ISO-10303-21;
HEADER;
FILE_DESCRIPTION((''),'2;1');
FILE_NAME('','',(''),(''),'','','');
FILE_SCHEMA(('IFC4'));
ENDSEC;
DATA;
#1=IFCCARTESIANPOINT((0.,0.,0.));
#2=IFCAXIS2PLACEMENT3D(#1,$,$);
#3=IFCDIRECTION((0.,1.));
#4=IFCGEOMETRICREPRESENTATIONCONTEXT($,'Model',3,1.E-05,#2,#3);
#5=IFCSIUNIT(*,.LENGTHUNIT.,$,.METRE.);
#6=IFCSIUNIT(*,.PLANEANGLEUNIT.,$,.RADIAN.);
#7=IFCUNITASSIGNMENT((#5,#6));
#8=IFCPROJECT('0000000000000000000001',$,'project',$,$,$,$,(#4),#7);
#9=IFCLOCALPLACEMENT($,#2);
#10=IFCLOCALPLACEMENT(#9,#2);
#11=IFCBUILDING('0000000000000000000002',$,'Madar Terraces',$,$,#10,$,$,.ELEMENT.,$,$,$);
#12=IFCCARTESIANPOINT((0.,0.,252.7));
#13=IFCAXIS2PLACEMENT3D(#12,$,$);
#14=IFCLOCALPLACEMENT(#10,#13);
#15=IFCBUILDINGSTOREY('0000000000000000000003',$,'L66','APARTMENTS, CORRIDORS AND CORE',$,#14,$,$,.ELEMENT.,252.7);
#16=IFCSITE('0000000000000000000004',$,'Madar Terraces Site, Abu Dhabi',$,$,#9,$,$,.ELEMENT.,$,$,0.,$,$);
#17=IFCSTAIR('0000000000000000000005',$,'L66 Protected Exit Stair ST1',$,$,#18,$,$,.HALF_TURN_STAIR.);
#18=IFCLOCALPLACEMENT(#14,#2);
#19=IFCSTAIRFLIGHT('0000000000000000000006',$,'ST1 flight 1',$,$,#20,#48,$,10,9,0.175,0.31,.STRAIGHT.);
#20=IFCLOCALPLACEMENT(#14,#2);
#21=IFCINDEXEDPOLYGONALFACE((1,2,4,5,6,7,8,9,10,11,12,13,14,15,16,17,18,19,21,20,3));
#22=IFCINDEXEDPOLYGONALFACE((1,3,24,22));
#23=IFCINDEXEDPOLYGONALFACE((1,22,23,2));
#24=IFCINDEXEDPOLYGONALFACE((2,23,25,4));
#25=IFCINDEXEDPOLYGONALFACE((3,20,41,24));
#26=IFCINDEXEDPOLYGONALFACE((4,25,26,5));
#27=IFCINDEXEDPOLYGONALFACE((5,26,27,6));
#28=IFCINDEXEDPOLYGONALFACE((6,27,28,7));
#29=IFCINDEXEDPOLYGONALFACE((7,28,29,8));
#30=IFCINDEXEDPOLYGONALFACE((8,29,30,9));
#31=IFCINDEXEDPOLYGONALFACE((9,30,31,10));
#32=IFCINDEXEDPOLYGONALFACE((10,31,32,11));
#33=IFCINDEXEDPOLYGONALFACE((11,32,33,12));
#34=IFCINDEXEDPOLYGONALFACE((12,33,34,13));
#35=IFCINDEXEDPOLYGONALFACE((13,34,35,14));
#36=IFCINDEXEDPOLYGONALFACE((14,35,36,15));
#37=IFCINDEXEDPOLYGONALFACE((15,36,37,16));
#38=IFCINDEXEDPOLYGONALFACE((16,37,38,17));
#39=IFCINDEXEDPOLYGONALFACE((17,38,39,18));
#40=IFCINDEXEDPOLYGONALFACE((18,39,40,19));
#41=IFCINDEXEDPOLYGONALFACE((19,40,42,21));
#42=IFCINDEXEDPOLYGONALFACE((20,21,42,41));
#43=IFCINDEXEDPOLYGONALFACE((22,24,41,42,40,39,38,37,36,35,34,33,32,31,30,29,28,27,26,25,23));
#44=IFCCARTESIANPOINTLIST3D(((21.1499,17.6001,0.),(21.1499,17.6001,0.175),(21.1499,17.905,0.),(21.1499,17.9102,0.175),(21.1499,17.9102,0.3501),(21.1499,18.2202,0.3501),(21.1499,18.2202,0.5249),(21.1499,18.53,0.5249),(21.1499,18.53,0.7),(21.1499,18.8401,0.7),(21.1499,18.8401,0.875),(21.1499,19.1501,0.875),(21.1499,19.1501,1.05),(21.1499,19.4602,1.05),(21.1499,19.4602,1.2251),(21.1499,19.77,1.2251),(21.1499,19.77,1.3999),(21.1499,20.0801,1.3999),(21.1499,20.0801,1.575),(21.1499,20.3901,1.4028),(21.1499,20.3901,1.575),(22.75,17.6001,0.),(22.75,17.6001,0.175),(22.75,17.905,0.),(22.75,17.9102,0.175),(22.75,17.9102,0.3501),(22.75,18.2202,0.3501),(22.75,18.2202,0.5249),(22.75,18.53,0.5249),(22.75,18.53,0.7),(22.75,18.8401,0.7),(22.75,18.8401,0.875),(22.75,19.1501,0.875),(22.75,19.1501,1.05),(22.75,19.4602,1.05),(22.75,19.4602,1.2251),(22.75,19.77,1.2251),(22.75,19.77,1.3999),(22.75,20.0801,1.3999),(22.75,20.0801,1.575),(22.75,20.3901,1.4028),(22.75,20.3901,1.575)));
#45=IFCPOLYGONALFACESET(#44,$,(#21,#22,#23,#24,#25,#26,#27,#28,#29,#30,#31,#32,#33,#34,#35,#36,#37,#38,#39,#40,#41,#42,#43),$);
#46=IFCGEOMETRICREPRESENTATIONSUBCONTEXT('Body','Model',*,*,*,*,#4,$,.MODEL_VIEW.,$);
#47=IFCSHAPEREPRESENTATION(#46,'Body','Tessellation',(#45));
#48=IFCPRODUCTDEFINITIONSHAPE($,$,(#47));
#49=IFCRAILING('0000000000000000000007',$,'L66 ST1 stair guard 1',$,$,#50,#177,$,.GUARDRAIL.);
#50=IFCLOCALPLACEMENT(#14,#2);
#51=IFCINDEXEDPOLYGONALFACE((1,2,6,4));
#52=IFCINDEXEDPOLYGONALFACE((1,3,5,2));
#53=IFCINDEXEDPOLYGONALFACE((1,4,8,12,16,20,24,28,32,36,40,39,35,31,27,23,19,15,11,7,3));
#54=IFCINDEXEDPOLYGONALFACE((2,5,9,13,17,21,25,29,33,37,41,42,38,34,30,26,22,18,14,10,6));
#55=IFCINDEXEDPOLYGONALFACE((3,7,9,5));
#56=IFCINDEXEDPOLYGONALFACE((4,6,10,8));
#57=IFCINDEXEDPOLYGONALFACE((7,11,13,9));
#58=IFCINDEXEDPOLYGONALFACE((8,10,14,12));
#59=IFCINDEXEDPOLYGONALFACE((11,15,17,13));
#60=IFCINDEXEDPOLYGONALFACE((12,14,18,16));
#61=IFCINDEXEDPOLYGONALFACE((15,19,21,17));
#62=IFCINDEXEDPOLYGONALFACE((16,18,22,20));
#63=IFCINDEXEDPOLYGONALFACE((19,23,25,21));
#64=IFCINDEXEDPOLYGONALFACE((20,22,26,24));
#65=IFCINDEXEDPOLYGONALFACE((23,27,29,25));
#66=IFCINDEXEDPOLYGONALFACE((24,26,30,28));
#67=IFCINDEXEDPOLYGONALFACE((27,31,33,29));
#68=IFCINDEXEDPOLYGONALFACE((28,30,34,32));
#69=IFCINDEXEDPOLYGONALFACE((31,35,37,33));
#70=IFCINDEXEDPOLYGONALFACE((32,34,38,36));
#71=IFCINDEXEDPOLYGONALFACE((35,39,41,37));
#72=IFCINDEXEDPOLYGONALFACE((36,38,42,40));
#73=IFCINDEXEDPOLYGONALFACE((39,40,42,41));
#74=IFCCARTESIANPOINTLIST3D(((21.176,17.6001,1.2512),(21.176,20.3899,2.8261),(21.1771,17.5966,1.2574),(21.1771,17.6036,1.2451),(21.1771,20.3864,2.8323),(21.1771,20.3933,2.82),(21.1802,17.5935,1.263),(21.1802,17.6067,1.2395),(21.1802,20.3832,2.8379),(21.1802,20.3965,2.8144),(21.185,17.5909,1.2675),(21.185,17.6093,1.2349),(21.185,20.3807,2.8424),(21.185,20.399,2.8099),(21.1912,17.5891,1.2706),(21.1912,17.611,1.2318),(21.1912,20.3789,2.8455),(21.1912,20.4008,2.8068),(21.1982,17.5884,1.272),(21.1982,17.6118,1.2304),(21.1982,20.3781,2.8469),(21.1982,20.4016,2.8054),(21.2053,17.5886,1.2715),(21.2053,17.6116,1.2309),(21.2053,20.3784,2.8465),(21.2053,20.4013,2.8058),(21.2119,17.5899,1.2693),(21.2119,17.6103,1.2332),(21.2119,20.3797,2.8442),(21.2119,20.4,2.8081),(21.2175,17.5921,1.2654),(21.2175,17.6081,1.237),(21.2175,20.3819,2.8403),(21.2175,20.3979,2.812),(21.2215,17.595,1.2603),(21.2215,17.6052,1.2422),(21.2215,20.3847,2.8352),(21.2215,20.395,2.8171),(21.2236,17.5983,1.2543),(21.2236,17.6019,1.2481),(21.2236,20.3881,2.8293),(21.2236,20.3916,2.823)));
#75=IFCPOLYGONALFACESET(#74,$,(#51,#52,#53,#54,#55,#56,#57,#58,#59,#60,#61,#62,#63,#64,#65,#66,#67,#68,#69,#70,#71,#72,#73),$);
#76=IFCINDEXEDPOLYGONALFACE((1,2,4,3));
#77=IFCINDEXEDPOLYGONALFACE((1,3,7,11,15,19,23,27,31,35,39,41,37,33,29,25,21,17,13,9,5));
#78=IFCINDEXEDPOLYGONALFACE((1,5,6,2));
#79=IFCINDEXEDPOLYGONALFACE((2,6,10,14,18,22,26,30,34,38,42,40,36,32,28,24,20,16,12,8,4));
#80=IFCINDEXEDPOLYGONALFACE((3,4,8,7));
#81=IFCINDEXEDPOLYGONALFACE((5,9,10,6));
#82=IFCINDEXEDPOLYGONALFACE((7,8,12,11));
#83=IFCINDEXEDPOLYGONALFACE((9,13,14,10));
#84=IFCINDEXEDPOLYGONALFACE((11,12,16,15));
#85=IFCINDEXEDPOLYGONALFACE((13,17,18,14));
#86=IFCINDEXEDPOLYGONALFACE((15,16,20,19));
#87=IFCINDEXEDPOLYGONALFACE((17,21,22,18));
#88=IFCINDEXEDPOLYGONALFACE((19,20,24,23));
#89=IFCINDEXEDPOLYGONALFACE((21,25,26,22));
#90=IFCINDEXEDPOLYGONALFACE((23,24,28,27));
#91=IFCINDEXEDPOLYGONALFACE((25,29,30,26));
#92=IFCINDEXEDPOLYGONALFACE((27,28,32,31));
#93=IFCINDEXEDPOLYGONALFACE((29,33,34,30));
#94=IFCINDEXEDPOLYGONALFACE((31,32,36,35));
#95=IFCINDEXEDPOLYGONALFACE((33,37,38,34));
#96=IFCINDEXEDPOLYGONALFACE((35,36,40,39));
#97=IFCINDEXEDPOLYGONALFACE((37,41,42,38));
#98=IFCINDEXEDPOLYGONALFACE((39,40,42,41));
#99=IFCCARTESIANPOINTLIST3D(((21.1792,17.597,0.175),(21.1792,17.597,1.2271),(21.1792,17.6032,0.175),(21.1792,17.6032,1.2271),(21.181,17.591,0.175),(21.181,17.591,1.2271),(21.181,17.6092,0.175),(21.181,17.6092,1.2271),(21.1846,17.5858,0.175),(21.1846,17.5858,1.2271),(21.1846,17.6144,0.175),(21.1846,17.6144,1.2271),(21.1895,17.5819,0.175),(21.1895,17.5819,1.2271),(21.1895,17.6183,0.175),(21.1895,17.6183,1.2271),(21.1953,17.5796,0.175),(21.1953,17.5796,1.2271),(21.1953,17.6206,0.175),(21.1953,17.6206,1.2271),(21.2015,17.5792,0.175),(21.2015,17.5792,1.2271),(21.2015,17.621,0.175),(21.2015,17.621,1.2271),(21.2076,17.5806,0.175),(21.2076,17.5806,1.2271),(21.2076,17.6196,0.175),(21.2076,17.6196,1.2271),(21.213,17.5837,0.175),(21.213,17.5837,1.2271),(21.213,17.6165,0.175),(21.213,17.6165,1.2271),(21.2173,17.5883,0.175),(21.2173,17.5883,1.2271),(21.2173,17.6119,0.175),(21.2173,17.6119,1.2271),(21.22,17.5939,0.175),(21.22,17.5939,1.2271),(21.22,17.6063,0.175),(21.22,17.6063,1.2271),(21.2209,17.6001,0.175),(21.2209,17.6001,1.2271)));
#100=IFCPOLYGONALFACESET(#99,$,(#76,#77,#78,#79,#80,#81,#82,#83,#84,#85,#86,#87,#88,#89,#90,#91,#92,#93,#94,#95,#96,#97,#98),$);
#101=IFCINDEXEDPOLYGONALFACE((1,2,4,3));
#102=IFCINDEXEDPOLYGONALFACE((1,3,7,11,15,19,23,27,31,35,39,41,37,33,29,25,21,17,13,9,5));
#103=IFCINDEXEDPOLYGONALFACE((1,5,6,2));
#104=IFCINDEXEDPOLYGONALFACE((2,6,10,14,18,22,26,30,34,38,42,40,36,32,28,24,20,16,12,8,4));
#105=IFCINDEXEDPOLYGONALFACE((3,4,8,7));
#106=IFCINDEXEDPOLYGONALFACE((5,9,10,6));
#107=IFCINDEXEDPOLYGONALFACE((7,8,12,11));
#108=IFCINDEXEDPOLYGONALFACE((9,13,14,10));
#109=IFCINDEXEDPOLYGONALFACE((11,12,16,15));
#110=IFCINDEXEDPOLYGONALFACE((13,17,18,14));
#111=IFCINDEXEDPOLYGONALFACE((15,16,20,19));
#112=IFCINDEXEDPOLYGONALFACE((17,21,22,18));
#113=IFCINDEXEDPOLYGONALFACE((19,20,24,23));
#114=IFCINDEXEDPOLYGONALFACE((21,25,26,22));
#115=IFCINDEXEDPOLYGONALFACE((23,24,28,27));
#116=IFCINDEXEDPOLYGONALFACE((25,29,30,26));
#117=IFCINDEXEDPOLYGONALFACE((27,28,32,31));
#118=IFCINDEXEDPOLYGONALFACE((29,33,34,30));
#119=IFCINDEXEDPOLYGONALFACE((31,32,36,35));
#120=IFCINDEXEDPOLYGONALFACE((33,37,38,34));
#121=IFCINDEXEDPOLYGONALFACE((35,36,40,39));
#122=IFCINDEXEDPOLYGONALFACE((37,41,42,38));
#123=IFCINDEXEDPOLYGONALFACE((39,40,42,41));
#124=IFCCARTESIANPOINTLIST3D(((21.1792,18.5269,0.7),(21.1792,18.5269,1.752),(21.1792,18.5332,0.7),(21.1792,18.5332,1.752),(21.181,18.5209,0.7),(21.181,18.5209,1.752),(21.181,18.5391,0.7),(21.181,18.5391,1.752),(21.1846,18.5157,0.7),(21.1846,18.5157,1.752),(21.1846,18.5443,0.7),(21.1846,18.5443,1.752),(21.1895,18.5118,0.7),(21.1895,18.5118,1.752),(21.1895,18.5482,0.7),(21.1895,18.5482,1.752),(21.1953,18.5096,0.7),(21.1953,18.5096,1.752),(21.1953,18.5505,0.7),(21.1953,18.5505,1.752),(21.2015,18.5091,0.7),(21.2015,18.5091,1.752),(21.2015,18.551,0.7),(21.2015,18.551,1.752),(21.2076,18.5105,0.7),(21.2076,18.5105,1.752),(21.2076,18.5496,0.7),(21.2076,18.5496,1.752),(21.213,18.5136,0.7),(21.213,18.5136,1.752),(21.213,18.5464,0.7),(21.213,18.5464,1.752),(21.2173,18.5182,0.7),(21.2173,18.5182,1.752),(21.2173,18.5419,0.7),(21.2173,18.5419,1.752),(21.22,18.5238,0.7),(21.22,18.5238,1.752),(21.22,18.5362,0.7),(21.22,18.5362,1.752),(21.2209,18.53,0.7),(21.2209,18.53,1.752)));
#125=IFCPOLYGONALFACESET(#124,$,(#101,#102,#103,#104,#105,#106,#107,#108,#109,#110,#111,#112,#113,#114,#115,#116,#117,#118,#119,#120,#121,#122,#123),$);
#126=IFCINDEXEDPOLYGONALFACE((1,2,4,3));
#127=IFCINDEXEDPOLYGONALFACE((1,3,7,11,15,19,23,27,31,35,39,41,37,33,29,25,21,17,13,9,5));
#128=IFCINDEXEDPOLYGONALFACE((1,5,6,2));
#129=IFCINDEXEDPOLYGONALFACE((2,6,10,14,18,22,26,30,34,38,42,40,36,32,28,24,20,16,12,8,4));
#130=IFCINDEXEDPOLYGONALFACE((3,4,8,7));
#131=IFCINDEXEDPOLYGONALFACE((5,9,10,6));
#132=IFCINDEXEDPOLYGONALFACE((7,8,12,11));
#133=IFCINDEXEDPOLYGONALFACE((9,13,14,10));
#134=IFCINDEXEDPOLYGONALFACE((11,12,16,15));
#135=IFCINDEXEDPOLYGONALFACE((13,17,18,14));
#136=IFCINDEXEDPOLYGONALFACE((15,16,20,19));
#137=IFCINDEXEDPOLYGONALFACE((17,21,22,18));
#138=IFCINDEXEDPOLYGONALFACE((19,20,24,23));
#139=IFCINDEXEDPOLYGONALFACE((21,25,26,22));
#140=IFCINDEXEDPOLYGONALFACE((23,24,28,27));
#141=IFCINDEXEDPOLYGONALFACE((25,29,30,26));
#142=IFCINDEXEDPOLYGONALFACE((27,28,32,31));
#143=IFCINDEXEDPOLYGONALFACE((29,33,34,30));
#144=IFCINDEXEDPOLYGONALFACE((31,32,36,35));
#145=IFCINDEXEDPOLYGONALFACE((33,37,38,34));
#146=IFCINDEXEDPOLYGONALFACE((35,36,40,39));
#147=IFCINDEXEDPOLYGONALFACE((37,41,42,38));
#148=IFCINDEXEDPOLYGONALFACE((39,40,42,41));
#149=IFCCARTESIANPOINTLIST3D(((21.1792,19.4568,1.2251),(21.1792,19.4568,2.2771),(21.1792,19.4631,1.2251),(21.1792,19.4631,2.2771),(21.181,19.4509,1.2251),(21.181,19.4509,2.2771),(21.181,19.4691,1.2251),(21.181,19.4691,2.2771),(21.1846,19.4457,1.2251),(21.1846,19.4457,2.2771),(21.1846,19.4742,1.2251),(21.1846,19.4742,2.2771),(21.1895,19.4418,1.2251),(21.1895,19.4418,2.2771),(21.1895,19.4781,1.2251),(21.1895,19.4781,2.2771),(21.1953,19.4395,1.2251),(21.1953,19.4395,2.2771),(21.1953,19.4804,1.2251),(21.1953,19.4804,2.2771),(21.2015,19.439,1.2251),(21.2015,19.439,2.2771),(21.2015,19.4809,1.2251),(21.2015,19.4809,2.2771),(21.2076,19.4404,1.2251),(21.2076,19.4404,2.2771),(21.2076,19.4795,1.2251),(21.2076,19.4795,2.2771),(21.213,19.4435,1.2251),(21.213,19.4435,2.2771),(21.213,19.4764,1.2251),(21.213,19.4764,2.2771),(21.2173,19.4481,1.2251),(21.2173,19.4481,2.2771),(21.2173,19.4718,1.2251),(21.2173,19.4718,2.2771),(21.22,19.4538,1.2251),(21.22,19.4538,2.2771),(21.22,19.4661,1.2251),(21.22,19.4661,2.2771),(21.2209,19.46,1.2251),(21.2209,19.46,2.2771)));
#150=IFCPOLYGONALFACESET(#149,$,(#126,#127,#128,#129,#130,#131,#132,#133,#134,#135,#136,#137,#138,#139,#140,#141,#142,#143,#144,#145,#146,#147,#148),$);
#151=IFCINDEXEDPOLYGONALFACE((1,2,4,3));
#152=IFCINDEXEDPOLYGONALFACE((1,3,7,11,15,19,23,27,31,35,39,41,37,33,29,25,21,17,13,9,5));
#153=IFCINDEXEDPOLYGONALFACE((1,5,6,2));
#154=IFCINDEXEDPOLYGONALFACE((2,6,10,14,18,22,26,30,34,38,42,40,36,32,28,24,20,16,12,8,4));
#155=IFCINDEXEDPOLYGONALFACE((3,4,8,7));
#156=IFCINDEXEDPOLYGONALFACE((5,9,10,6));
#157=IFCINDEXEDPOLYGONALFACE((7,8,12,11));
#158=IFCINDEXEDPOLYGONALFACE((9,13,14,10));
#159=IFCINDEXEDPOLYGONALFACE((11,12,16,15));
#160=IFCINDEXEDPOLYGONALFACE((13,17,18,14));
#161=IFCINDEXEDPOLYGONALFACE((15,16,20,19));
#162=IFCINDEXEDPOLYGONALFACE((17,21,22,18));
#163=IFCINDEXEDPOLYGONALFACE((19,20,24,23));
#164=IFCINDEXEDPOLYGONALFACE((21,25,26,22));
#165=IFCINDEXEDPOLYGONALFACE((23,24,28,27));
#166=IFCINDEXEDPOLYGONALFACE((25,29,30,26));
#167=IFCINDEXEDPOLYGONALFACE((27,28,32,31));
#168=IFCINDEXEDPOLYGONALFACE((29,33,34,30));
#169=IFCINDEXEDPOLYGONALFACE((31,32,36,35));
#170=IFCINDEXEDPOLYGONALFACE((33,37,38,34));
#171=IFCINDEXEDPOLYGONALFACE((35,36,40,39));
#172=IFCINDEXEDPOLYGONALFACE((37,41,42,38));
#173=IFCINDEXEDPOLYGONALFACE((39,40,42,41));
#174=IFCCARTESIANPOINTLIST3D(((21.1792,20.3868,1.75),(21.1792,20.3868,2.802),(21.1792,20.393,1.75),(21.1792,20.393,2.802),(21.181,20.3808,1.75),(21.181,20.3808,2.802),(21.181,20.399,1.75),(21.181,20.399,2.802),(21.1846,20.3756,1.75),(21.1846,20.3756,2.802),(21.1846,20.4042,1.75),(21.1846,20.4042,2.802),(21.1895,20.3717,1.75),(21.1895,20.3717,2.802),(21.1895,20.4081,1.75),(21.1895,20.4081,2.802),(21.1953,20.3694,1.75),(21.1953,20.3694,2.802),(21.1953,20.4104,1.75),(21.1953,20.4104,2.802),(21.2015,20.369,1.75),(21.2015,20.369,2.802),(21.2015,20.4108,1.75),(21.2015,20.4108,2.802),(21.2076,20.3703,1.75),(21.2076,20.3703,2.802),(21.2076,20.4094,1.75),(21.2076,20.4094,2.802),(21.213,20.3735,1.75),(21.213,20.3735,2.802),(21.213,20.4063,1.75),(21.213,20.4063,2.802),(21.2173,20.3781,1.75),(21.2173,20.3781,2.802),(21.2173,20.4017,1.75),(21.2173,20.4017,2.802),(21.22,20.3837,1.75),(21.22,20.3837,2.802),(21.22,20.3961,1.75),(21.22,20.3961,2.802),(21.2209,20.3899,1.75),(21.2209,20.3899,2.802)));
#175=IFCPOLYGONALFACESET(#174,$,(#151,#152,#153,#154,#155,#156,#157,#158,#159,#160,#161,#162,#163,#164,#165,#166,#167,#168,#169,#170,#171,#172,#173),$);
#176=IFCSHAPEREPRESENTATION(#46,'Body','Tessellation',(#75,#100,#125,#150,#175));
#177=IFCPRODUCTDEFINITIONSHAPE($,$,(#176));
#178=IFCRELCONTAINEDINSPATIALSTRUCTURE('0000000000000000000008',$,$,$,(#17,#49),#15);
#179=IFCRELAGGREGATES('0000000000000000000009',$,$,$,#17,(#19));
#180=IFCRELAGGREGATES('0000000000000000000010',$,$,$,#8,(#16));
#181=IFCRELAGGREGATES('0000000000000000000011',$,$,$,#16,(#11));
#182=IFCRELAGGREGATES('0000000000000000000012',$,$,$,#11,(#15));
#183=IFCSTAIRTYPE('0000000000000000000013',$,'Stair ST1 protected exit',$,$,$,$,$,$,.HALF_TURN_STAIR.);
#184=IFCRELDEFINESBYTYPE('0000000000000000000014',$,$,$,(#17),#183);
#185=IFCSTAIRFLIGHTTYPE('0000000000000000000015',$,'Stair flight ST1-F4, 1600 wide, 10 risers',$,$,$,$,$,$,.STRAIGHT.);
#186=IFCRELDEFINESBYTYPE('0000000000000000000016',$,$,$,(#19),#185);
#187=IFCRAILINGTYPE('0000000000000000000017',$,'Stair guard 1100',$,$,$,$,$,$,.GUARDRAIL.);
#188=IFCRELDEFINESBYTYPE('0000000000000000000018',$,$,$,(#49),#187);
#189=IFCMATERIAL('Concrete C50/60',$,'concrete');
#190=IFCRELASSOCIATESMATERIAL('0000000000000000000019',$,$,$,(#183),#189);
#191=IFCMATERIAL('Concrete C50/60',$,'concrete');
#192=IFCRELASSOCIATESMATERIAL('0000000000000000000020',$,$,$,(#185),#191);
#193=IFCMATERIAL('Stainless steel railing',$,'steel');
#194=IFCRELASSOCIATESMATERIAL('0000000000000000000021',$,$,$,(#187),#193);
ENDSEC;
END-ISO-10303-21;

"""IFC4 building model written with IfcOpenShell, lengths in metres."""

from ifc_helpers import new_model, si_unit, direction, frame, origin, origin_2d, place, context, subcontext, project, spatial, polyline, circle, outline, extrude, material, type_object, element, aggregate, save


model = new_model("IFC4")

# Units and contexts
model_context = context("Model", 3, precision=1e-05, world=origin(), true_north=direction((0.0, 1.0)))
body_context = subcontext(model_context, "Body", "Model", "MODEL_VIEW")
ifc_project = project(units=[si_unit("LENGTHUNIT", "METRE"), si_unit("PLANEANGLEUNIT", "RADIAN")], contexts=[model_context])

# Site, building, storey
site_placement = place(None, origin())
site = spatial("IfcSite", under=ifc_project, at=site_placement, Name="Madar Terraces Site, Abu Dhabi", CompositionType="ELEMENT", RefElevation=0.0)
building_placement = place(site_placement, origin())
building = spatial("IfcBuilding", under=site, at=building_placement, Name="Madar Terraces", CompositionType="ELEMENT")
storey_placement = place(building_placement, frame((0.0, 0.0, 252.7)))
storey = spatial("IfcBuildingStorey", under=building, at=storey_placement, Name="L66", Description="APARTMENTS, CORRIDORS AND CORE", CompositionType="ELEMENT", Elevation=252.7)

# Stair, stair flight
ifc_material_1 = material(Name="Concrete C50/60", Category="concrete")
stair_type = type_object("IfcStairType", Name="Stair ST1 protected exit", PredefinedType="HALF_TURN_STAIR", material=ifc_material_1)
stair_placement = place(storey_placement, origin())
stair = element("IfcStair", 1, at=stair_placement, inside=storey, type_object=stair_type, Name="L66 Protected Exit Stair ST1", PredefinedType="HALF_TURN_STAIR")
ifc_material_2 = material(Name="Concrete C50/60", Category="concrete")
stair_flight_type = type_object("IfcStairFlightType", Name="Stair flight ST1-F4, 1600 wide, 10 risers", PredefinedType="STRAIGHT", material=ifc_material_2)
stair_flight_placement = place(storey_placement, frame((21.95, 17.6001, 0.0), z_axis=(0.0, 0.0, 1.0), x_axis=(0.0, 1.0, 0.0)))
stair_flight = element("IfcStairFlight", 2, at=stair_flight_placement, type_object=stair_flight_type, Name="ST1 flight 1", NumberOfRisers=10, NumberOfTreads=9, PredefinedType="STRAIGHT", RiserHeight=0.175, TreadLength=0.31, context=body_context, shape_type="SweptSolid", body=[
    extrude(outline(polyline([(0.0, 0.0), (0.0, 0.175), (0.3101, 0.175), (0.3101, 0.3501), (0.6201, 0.3501), (0.6201, 0.5249), (0.9299, 0.5249), (0.9299, 0.7), (1.24, 0.7), (1.24, 0.875), (1.55, 0.875), (1.55, 1.05), (1.8601, 1.05), (1.8601, 1.2251), (2.1699, 1.2251), (2.1699, 1.3999), (2.48, 1.3999), (2.48, 1.575), (2.79, 1.575), (2.79, 1.75), (2.79, 1.4028), (0.3049, 0.0), (0.0, 0.0)])), frame((0.0, 0.8, 0.0), z_axis=(0.0, -1.0, 0.0), x_axis=(1.0, 0.0, 0.0)), (0.0, 0.0, 1.0), 1.6001),
])
aggregate(stair, [stair_flight])

# Railing
ifc_material_3 = material(Name="Stainless steel railing", Category="steel")
railing_type_1 = type_object("IfcRailingType", Name="Stair guard 1100", PredefinedType="GUARDRAIL", material=ifc_material_3)
railing_1_placement = place(storey_placement, frame((21.2, 17.6001, 0.175)))
element("IfcRailing", 3, at=railing_1_placement, inside=storey, type_object=railing_type_1, Name="L66 ST1 stair guard 1", PredefinedType="GUARDRAIL", context=body_context, shape_type="SweptSolid", body=[
    extrude(circle(Radius=0.0239, at=origin_2d()), frame((0.0, 0.0, 1.0762), z_axis=(0.0, 0.870815, 0.49161), x_axis=(-1.0, 0.0, 0.0)), (0.0, 0.0, 1.0), 3.2036),
    extrude(circle(Radius=0.021, at=origin_2d()), origin(), (0.0, 0.0, 1.0), 1.052),
    extrude(circle(Radius=0.021, at=origin_2d()), frame((0.0, 0.9299, 0.5249)), (0.0, 0.0, 1.0), 1.052),
    extrude(circle(Radius=0.021, at=origin_2d()), frame((0.0, 1.8599, 1.05)), (0.0, 0.0, 1.0), 1.052),
    extrude(circle(Radius=0.021, at=origin_2d()), frame((0.0, 2.7898, 1.575)), (0.0, 0.0, 1.0), 1.052),
])

save(model, "model.ifc")
